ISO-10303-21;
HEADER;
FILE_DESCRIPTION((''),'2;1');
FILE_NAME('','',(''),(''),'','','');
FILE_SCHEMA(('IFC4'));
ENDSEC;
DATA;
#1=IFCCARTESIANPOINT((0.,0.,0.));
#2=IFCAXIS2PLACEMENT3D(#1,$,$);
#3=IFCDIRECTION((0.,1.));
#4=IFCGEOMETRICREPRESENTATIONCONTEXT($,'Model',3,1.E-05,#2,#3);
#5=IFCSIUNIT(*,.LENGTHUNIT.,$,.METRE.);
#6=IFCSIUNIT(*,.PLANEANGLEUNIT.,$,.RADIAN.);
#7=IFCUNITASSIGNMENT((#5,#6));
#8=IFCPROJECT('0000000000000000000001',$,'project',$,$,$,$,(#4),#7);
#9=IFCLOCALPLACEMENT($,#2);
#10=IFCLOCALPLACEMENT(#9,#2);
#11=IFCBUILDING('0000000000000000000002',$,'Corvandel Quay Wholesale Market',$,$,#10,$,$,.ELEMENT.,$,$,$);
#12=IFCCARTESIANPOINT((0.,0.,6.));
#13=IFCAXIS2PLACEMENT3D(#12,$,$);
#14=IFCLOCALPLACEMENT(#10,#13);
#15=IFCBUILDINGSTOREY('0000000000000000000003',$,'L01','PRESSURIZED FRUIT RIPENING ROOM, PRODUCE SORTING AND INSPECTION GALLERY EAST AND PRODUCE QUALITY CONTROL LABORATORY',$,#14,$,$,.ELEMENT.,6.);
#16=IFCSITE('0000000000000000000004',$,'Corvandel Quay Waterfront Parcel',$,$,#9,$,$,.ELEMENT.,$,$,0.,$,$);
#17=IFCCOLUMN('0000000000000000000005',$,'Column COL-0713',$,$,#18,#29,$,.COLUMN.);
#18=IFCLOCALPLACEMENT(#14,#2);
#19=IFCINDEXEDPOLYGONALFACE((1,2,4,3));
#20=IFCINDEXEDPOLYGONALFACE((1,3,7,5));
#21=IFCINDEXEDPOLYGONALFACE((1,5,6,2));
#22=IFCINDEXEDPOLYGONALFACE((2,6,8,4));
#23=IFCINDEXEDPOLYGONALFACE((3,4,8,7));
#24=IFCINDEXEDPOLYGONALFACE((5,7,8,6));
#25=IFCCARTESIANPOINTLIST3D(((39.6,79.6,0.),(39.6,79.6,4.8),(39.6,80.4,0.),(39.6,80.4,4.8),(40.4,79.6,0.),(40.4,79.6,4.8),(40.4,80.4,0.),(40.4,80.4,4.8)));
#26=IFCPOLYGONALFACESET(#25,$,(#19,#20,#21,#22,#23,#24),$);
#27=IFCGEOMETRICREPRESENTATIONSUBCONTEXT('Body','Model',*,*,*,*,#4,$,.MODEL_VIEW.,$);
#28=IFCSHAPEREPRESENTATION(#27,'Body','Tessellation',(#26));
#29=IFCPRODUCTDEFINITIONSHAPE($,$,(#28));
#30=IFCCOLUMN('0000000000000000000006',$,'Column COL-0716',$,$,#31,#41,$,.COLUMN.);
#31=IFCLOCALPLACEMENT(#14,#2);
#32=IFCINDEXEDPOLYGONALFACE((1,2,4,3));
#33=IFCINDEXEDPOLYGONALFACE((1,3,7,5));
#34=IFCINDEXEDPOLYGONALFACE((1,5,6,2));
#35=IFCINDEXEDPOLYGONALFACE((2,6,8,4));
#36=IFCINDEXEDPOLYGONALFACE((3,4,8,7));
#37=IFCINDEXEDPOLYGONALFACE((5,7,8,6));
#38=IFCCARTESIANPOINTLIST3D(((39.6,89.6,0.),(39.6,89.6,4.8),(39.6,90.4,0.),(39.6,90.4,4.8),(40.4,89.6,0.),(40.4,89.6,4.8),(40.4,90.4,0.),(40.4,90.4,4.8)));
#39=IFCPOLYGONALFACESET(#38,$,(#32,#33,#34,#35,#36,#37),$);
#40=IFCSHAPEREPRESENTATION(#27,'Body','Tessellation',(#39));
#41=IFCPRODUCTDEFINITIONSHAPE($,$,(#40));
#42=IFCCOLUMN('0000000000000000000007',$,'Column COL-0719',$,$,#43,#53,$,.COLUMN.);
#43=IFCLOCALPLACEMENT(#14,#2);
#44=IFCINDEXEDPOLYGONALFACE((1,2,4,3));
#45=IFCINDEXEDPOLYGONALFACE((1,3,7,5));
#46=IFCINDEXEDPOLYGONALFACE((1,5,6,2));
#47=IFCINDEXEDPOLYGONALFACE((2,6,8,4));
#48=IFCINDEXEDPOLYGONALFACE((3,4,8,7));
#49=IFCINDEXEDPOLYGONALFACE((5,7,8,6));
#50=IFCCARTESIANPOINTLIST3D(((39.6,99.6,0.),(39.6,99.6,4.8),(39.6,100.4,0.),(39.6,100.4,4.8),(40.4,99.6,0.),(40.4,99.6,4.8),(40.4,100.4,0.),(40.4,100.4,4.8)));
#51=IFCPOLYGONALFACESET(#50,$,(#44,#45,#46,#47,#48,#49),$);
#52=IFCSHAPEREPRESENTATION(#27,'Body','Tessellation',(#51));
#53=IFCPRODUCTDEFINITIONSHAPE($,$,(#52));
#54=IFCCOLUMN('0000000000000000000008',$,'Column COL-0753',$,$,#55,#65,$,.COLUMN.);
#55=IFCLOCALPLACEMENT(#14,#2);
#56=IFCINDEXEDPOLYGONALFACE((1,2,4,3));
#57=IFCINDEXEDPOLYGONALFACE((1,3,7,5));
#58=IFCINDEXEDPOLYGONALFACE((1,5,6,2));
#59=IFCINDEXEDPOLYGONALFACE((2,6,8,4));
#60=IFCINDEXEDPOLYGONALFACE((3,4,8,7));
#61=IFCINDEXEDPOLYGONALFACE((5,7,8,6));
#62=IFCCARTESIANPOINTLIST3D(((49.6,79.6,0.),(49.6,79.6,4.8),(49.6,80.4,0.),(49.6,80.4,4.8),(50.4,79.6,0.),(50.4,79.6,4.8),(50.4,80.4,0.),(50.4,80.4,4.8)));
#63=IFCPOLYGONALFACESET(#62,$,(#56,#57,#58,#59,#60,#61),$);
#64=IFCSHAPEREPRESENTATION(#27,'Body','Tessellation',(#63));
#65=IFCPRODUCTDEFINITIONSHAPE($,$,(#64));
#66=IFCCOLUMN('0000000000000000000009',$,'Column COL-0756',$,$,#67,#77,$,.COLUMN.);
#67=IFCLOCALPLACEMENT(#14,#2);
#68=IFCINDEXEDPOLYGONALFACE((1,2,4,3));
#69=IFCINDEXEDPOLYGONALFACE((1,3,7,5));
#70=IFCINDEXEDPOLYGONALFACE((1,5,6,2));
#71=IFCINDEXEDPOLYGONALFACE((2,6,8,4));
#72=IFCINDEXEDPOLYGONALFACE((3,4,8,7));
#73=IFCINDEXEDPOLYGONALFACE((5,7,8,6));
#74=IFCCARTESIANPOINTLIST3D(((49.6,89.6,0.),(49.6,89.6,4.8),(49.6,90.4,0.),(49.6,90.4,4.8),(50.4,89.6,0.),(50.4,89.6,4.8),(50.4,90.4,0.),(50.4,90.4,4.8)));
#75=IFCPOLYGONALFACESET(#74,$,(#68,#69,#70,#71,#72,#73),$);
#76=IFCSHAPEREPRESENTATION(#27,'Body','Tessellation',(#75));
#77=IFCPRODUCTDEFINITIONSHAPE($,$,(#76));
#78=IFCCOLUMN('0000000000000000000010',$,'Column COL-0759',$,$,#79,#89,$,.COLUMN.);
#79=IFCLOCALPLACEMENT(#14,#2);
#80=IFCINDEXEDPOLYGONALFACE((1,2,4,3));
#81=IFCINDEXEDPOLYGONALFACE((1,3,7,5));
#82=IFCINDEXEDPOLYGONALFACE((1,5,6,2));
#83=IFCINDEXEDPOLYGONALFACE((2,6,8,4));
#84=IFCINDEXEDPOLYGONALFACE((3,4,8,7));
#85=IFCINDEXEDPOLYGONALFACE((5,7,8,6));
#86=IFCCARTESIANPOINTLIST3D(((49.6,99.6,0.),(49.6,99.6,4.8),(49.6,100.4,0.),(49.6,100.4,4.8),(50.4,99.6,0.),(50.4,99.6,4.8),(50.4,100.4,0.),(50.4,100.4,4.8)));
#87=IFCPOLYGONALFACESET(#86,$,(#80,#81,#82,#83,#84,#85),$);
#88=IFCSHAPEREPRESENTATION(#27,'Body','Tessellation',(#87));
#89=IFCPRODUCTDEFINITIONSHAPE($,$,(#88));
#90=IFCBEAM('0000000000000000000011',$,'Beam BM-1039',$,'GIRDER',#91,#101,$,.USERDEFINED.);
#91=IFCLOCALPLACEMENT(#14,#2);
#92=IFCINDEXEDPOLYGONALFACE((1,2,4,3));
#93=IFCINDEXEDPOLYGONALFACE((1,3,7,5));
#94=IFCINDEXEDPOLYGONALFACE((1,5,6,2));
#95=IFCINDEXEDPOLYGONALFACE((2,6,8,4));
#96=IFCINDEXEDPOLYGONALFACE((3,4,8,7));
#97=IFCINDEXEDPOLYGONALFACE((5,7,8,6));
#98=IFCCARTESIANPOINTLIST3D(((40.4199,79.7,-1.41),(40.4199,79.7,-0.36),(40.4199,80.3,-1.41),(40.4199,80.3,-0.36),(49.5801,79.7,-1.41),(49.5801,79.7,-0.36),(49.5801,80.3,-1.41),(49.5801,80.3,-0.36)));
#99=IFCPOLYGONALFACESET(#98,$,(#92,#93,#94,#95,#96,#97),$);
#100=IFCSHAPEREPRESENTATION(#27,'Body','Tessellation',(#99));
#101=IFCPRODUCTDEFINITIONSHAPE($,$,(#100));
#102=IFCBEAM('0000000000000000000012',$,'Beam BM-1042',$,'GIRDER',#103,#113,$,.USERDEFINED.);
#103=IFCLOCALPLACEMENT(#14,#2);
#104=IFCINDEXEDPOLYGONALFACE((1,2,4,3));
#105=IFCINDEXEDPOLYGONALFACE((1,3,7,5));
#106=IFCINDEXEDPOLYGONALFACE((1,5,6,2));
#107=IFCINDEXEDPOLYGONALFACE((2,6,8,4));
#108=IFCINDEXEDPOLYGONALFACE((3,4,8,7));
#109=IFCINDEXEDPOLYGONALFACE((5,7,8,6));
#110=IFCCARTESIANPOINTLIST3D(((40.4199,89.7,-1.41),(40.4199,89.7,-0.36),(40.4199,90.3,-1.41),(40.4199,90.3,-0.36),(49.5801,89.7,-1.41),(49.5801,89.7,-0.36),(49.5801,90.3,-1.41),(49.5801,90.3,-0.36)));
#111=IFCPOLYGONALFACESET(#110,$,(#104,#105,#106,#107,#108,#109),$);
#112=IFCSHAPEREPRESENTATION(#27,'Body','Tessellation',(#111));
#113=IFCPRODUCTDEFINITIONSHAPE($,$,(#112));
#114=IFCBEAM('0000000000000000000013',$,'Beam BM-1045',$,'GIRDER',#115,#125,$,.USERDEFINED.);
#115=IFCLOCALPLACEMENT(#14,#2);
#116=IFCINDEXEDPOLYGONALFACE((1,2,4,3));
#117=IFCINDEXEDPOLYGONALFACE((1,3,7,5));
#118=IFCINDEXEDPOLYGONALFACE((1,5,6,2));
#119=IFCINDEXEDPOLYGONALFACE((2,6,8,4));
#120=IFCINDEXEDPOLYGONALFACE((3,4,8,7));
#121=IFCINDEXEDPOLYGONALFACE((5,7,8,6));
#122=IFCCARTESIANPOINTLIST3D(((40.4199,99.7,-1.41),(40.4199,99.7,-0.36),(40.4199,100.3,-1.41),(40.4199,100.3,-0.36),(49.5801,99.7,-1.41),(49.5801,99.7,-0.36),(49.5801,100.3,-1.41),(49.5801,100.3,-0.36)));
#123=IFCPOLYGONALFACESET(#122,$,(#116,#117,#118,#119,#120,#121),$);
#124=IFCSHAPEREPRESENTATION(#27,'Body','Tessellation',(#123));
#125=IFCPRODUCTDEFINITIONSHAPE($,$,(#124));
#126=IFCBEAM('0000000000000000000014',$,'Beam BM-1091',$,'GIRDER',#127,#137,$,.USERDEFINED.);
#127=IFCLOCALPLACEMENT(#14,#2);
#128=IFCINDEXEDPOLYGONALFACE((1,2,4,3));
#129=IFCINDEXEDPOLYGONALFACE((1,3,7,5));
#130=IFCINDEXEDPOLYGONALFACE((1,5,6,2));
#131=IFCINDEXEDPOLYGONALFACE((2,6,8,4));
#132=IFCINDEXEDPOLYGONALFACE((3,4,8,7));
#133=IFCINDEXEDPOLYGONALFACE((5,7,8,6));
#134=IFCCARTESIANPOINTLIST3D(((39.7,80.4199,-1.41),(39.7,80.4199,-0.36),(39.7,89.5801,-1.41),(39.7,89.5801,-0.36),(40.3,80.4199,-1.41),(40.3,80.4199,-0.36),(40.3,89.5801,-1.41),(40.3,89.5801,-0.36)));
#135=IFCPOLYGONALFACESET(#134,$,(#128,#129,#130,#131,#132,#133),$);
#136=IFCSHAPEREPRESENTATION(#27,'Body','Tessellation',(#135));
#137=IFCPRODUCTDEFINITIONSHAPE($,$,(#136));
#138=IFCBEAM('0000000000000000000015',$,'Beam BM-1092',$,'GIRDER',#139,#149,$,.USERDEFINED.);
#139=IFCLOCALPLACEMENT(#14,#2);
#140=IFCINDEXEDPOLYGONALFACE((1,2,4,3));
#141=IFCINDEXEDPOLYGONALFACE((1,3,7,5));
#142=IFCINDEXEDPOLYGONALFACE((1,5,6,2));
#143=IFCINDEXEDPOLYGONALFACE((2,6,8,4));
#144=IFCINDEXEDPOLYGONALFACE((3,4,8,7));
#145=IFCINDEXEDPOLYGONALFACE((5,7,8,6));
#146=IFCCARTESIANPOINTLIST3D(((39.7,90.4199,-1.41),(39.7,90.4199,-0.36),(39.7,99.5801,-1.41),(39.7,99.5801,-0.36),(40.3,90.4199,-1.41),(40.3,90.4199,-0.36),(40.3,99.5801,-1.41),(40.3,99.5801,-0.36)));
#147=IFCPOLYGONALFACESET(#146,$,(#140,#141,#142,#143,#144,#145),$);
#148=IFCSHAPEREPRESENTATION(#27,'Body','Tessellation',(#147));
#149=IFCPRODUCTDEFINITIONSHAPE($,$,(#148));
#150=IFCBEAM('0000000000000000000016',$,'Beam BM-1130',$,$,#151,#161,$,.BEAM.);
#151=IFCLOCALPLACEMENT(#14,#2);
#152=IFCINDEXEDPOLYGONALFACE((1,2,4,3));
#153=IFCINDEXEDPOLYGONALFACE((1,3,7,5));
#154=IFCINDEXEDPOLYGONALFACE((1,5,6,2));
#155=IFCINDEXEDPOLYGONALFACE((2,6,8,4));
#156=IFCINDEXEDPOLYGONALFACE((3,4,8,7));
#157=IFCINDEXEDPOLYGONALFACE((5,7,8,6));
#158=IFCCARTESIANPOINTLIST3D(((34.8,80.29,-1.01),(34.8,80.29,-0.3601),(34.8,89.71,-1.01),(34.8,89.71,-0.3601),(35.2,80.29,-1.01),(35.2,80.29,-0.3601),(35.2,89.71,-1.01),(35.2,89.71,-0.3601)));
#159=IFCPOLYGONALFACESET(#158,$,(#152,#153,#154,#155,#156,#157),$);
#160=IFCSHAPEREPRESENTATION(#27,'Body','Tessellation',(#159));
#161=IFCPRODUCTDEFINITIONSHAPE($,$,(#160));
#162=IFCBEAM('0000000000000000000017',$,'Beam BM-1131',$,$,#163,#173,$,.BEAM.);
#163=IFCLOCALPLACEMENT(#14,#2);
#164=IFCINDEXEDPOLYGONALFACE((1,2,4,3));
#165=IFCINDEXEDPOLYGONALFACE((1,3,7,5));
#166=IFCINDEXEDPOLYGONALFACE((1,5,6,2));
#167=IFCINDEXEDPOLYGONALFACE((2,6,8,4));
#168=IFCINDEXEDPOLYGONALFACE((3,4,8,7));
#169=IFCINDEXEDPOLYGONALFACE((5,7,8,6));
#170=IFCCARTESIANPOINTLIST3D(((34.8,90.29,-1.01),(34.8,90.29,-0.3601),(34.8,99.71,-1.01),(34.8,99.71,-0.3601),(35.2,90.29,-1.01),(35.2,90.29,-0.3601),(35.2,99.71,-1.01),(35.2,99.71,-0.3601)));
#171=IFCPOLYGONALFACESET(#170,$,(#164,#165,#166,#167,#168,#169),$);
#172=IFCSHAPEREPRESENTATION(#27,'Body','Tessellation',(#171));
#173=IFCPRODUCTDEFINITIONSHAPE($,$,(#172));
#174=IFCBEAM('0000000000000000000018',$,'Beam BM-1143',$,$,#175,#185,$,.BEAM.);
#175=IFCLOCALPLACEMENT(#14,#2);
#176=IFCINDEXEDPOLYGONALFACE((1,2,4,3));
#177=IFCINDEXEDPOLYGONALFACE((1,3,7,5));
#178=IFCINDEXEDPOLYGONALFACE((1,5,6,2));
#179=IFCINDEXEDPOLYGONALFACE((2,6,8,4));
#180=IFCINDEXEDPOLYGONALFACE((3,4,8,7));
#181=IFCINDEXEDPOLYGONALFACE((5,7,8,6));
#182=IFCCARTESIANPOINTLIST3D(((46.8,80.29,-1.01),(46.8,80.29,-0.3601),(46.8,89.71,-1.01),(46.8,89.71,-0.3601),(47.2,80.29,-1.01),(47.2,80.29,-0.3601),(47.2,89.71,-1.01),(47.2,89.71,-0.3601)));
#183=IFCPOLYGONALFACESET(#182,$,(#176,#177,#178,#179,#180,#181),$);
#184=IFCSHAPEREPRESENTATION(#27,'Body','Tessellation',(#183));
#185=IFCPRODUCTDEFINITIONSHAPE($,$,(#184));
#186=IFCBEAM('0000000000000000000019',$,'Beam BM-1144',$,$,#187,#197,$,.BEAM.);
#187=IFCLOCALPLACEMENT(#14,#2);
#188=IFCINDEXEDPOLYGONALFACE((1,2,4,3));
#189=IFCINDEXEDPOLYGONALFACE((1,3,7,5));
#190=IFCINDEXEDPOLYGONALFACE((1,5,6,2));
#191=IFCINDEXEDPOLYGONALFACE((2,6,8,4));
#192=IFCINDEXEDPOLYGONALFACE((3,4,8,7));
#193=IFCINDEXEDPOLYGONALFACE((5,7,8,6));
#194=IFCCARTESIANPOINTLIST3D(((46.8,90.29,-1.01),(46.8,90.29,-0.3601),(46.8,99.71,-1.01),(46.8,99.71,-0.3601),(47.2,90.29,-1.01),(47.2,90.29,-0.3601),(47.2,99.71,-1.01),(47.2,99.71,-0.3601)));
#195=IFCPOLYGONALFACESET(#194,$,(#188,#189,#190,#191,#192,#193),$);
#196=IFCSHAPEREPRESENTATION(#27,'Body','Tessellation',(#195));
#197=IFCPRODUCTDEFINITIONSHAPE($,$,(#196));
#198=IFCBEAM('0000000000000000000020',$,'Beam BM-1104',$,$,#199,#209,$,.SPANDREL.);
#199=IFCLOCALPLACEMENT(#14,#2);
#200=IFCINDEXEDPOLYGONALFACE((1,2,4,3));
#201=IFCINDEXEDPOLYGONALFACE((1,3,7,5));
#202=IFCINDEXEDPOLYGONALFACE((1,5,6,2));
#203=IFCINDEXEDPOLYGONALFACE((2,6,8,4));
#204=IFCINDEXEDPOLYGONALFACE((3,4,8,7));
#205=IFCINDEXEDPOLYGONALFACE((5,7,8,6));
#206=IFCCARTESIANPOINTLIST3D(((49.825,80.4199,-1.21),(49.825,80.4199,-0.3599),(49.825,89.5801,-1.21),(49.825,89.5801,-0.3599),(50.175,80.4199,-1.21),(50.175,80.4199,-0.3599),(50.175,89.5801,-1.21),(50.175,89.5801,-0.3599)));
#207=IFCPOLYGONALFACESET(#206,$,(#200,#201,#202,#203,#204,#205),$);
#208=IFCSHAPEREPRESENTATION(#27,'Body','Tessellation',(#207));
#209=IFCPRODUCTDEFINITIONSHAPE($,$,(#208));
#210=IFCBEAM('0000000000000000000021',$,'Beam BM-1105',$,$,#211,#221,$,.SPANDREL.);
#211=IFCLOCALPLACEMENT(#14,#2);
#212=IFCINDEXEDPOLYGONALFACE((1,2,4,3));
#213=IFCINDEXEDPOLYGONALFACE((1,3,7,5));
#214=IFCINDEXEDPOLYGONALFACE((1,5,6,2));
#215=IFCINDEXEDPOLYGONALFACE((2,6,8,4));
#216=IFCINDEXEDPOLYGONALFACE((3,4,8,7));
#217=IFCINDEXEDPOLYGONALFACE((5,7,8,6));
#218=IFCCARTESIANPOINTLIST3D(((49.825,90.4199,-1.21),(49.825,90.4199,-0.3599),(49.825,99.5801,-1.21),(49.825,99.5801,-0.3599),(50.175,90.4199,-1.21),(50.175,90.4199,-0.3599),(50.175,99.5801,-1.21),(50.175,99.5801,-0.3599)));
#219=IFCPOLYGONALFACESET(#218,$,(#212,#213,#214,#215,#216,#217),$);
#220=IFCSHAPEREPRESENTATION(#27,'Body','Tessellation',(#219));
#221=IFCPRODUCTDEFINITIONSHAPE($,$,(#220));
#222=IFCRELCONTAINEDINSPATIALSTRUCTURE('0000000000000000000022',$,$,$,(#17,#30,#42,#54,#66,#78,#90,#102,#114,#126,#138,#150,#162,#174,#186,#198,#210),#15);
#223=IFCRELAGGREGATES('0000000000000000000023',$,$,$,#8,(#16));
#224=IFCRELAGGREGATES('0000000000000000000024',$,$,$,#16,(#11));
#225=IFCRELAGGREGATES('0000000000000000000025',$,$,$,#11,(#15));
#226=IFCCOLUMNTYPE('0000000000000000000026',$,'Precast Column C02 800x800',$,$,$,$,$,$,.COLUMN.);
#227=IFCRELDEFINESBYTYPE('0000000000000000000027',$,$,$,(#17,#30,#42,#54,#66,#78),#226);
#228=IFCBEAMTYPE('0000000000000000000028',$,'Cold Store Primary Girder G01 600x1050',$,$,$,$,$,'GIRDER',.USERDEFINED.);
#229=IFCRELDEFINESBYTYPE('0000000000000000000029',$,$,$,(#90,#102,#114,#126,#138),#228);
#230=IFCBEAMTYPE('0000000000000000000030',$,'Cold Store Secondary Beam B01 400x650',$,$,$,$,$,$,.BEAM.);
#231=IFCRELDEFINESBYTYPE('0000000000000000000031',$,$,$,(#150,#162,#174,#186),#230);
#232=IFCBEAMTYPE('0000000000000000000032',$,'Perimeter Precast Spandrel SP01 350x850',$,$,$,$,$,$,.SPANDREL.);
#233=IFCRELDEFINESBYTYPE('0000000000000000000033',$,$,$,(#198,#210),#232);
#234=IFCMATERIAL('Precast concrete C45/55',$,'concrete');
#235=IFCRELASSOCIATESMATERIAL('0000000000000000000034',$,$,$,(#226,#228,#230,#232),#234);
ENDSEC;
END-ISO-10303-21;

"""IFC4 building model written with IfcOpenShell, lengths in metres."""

from ifc_helpers import new_model, si_unit, direction, frame, origin, origin_2d, place, context, subcontext, project, spatial, rectangle, extrude, material, material_profile, profile_set, type_object, element, save


model = new_model("IFC4")

# Units and contexts
model_context = context("Model", 3, precision=1e-05, world=origin(), true_north=direction((0.0, 1.0)))
body_context = subcontext(model_context, "Body", "Model", "MODEL_VIEW")
ifc_project = project(units=[si_unit("LENGTHUNIT", "METRE"), si_unit("PLANEANGLEUNIT", "RADIAN")], contexts=[model_context])

# Site, building, storey
site_placement = place(None, origin())
site = spatial("IfcSite", under=ifc_project, at=site_placement, Name="Corvandel Quay Waterfront Parcel", CompositionType="ELEMENT", RefElevation=0.0)
building_placement = place(site_placement, origin())
building = spatial("IfcBuilding", under=site, at=building_placement, Name="Corvandel Quay Wholesale Market", CompositionType="ELEMENT")
storey_placement = place(building_placement, frame((0.0, 0.0, 6.0)))
storey = spatial("IfcBuildingStorey", under=building, at=storey_placement, Name="L01", Description="PRESSURIZED FRUIT RIPENING ROOM, PRODUCE SORTING AND INSPECTION GALLERY EAST AND PRODUCE QUALITY CONTROL LABORATORY", CompositionType="ELEMENT", Elevation=6.0)

# Columns
ifc_material_1 = material(Name="Precast concrete C45/55", Category="concrete")
ifc_material_profile_1 = material_profile(ifc_material_1, rectangle(XDim=0.8, YDim=0.8, at=origin_2d()), Name="PC-COL-800x800")
ifc_profile_set_1 = profile_set([ifc_material_profile_1], Name="Precast concrete C45/55")
column_type = type_object("IfcColumnType", Name="Precast Column C02 800x800", PredefinedType="COLUMN", material=ifc_profile_set_1)
for number, where, z_axis, x_axis, name in (
    (1, (40.0, 80.0, 0.0), (0.0, 0.0, 1.0), (1.0, 0.0, 0.0), "Column COL-0713"),
    (2, (40.0, 90.0, 0.0), (0.0, 0.0, 1.0), (1.0, 0.0, 0.0), "Column COL-0716"),
    (3, (40.0, 100.0, 0.0), (0.0, 0.0, 1.0), (1.0, 0.0, 0.0), "Column COL-0719"),
    (4, (50.0, 80.0, 0.0), (0.0, 0.0, 1.0), (1.0, 0.0, 0.0), "Column COL-0753"),
    (5, (50.0, 90.0, 0.0), (0.0, 0.0, 1.0), (1.0, 0.0, 0.0), "Column COL-0756"),
    (6, (50.0, 100.0, 0.0), (0.0, 0.0, 1.0), (1.0, 0.0, 0.0), "Column COL-0759"),
):
    element("IfcColumn", number, at=place(storey_placement, frame(where, z_axis=z_axis, x_axis=x_axis)), inside=storey, type_object=column_type, Name=name, PredefinedType="COLUMN", context=body_context, shape_type="SweptSolid", body=[
        extrude(rectangle(XDim=0.8, YDim=0.8, at=origin_2d()), origin(), (0.0, 0.0, 1.0), 4.8),
    ])

# Beams
ifc_material_profile_2 = material_profile(ifc_material_1, rectangle(XDim=0.6001, YDim=1.05, at=origin_2d()), Name="PC-GIR-600x1050")
ifc_profile_set_2 = profile_set([ifc_material_profile_2], Name="Precast concrete C45/55")
beam_type_1 = type_object("IfcBeamType", Name="Cold Store Primary Girder G01 600x1050", ElementType="GIRDER", PredefinedType="USERDEFINED", material=ifc_profile_set_2)
for number, where, z_axis, x_axis, name in (
    (7, (40.4199, 80.0, -0.885), (1.0, 0.0, 0.0), (0.0, 1.0, 0.0), "Beam BM-1039"),
    (8, (40.4199, 90.0, -0.885), (1.0, 0.0, 0.0), (0.0, 1.0, 0.0), "Beam BM-1042"),
    (9, (40.4199, 100.0, -0.885), (1.0, 0.0, 0.0), (0.0, 1.0, 0.0), "Beam BM-1045"),
    (10, (40.0, 80.4199, -0.885), (0.0, 1.0, 0.0), (-1.0, 0.0, 0.0), "Beam BM-1091"),
    (11, (40.0, 90.4199, -0.885), (0.0, 1.0, 0.0), (-1.0, 0.0, 0.0), "Beam BM-1092"),
):
    element("IfcBeam", number, at=place(storey_placement, frame(where, z_axis=z_axis, x_axis=x_axis)), inside=storey, type_object=beam_type_1, Name=name, ObjectType="GIRDER", PredefinedType="USERDEFINED", context=body_context, shape_type="SweptSolid", body=[
        extrude(rectangle(XDim=0.6001, YDim=1.05, at=origin_2d()), origin(), (0.0, 0.0, 1.0), 9.1602),
    ])
ifc_material_profile_3 = material_profile(ifc_material_1, rectangle(XDim=0.3999, YDim=0.6499, at=origin_2d()), Name="PC-BM-400x650")
ifc_profile_set_3 = profile_set([ifc_material_profile_3], Name="Precast concrete C45/55")
beam_type_2 = type_object("IfcBeamType", Name="Cold Store Secondary Beam B01 400x650", PredefinedType="BEAM", material=ifc_profile_set_3)
for number, where, z_axis, x_axis, name in (
    (12, (35.0, 80.29, -0.6851), (0.0, 1.0, 0.0), (-1.0, 0.0, 0.0), "Beam BM-1130"),
    (13, (35.0, 90.29, -0.6851), (0.0, 1.0, 0.0), (-1.0, 0.0, 0.0), "Beam BM-1131"),
    (14, (47.0, 80.29, -0.6851), (0.0, 1.0, 0.0), (-1.0, 0.0, 0.0), "Beam BM-1143"),
    (15, (47.0, 90.29, -0.6851), (0.0, 1.0, 0.0), (-1.0, 0.0, 0.0), "Beam BM-1144"),
):
    element("IfcBeam", number, at=place(storey_placement, frame(where, z_axis=z_axis, x_axis=x_axis)), inside=storey, type_object=beam_type_2, Name=name, PredefinedType="BEAM", context=body_context, shape_type="SweptSolid", body=[
        extrude(rectangle(XDim=0.3999, YDim=0.6499, at=origin_2d()), origin(), (0.0, 0.0, 1.0), 9.4199),
    ])
ifc_material_profile_4 = material_profile(ifc_material_1, rectangle(XDim=0.3501, YDim=0.8501, at=origin_2d()), Name="PC-SPN-350x850")
ifc_profile_set_4 = profile_set([ifc_material_profile_4], Name="Precast concrete C45/55")
beam_type_3 = type_object("IfcBeamType", Name="Perimeter Precast Spandrel SP01 350x850", PredefinedType="SPANDREL", material=ifc_profile_set_4)
for number, where, z_axis, x_axis, name in (
    (16, (50.0, 80.4199, -0.7849), (0.0, 1.0, 0.0), (-1.0, 0.0, 0.0), "Beam BM-1104"),
    (17, (50.0, 90.4199, -0.7849), (0.0, 1.0, 0.0), (-1.0, 0.0, 0.0), "Beam BM-1105"),
):
    element("IfcBeam", number, at=place(storey_placement, frame(where, z_axis=z_axis, x_axis=x_axis)), inside=storey, type_object=beam_type_3, Name=name, PredefinedType="SPANDREL", context=body_context, shape_type="SweptSolid", body=[
        extrude(rectangle(XDim=0.3501, YDim=0.8501, at=origin_2d()), origin(), (0.0, 0.0, 1.0), 9.1602),
    ])

save(model, "model.ifc")
